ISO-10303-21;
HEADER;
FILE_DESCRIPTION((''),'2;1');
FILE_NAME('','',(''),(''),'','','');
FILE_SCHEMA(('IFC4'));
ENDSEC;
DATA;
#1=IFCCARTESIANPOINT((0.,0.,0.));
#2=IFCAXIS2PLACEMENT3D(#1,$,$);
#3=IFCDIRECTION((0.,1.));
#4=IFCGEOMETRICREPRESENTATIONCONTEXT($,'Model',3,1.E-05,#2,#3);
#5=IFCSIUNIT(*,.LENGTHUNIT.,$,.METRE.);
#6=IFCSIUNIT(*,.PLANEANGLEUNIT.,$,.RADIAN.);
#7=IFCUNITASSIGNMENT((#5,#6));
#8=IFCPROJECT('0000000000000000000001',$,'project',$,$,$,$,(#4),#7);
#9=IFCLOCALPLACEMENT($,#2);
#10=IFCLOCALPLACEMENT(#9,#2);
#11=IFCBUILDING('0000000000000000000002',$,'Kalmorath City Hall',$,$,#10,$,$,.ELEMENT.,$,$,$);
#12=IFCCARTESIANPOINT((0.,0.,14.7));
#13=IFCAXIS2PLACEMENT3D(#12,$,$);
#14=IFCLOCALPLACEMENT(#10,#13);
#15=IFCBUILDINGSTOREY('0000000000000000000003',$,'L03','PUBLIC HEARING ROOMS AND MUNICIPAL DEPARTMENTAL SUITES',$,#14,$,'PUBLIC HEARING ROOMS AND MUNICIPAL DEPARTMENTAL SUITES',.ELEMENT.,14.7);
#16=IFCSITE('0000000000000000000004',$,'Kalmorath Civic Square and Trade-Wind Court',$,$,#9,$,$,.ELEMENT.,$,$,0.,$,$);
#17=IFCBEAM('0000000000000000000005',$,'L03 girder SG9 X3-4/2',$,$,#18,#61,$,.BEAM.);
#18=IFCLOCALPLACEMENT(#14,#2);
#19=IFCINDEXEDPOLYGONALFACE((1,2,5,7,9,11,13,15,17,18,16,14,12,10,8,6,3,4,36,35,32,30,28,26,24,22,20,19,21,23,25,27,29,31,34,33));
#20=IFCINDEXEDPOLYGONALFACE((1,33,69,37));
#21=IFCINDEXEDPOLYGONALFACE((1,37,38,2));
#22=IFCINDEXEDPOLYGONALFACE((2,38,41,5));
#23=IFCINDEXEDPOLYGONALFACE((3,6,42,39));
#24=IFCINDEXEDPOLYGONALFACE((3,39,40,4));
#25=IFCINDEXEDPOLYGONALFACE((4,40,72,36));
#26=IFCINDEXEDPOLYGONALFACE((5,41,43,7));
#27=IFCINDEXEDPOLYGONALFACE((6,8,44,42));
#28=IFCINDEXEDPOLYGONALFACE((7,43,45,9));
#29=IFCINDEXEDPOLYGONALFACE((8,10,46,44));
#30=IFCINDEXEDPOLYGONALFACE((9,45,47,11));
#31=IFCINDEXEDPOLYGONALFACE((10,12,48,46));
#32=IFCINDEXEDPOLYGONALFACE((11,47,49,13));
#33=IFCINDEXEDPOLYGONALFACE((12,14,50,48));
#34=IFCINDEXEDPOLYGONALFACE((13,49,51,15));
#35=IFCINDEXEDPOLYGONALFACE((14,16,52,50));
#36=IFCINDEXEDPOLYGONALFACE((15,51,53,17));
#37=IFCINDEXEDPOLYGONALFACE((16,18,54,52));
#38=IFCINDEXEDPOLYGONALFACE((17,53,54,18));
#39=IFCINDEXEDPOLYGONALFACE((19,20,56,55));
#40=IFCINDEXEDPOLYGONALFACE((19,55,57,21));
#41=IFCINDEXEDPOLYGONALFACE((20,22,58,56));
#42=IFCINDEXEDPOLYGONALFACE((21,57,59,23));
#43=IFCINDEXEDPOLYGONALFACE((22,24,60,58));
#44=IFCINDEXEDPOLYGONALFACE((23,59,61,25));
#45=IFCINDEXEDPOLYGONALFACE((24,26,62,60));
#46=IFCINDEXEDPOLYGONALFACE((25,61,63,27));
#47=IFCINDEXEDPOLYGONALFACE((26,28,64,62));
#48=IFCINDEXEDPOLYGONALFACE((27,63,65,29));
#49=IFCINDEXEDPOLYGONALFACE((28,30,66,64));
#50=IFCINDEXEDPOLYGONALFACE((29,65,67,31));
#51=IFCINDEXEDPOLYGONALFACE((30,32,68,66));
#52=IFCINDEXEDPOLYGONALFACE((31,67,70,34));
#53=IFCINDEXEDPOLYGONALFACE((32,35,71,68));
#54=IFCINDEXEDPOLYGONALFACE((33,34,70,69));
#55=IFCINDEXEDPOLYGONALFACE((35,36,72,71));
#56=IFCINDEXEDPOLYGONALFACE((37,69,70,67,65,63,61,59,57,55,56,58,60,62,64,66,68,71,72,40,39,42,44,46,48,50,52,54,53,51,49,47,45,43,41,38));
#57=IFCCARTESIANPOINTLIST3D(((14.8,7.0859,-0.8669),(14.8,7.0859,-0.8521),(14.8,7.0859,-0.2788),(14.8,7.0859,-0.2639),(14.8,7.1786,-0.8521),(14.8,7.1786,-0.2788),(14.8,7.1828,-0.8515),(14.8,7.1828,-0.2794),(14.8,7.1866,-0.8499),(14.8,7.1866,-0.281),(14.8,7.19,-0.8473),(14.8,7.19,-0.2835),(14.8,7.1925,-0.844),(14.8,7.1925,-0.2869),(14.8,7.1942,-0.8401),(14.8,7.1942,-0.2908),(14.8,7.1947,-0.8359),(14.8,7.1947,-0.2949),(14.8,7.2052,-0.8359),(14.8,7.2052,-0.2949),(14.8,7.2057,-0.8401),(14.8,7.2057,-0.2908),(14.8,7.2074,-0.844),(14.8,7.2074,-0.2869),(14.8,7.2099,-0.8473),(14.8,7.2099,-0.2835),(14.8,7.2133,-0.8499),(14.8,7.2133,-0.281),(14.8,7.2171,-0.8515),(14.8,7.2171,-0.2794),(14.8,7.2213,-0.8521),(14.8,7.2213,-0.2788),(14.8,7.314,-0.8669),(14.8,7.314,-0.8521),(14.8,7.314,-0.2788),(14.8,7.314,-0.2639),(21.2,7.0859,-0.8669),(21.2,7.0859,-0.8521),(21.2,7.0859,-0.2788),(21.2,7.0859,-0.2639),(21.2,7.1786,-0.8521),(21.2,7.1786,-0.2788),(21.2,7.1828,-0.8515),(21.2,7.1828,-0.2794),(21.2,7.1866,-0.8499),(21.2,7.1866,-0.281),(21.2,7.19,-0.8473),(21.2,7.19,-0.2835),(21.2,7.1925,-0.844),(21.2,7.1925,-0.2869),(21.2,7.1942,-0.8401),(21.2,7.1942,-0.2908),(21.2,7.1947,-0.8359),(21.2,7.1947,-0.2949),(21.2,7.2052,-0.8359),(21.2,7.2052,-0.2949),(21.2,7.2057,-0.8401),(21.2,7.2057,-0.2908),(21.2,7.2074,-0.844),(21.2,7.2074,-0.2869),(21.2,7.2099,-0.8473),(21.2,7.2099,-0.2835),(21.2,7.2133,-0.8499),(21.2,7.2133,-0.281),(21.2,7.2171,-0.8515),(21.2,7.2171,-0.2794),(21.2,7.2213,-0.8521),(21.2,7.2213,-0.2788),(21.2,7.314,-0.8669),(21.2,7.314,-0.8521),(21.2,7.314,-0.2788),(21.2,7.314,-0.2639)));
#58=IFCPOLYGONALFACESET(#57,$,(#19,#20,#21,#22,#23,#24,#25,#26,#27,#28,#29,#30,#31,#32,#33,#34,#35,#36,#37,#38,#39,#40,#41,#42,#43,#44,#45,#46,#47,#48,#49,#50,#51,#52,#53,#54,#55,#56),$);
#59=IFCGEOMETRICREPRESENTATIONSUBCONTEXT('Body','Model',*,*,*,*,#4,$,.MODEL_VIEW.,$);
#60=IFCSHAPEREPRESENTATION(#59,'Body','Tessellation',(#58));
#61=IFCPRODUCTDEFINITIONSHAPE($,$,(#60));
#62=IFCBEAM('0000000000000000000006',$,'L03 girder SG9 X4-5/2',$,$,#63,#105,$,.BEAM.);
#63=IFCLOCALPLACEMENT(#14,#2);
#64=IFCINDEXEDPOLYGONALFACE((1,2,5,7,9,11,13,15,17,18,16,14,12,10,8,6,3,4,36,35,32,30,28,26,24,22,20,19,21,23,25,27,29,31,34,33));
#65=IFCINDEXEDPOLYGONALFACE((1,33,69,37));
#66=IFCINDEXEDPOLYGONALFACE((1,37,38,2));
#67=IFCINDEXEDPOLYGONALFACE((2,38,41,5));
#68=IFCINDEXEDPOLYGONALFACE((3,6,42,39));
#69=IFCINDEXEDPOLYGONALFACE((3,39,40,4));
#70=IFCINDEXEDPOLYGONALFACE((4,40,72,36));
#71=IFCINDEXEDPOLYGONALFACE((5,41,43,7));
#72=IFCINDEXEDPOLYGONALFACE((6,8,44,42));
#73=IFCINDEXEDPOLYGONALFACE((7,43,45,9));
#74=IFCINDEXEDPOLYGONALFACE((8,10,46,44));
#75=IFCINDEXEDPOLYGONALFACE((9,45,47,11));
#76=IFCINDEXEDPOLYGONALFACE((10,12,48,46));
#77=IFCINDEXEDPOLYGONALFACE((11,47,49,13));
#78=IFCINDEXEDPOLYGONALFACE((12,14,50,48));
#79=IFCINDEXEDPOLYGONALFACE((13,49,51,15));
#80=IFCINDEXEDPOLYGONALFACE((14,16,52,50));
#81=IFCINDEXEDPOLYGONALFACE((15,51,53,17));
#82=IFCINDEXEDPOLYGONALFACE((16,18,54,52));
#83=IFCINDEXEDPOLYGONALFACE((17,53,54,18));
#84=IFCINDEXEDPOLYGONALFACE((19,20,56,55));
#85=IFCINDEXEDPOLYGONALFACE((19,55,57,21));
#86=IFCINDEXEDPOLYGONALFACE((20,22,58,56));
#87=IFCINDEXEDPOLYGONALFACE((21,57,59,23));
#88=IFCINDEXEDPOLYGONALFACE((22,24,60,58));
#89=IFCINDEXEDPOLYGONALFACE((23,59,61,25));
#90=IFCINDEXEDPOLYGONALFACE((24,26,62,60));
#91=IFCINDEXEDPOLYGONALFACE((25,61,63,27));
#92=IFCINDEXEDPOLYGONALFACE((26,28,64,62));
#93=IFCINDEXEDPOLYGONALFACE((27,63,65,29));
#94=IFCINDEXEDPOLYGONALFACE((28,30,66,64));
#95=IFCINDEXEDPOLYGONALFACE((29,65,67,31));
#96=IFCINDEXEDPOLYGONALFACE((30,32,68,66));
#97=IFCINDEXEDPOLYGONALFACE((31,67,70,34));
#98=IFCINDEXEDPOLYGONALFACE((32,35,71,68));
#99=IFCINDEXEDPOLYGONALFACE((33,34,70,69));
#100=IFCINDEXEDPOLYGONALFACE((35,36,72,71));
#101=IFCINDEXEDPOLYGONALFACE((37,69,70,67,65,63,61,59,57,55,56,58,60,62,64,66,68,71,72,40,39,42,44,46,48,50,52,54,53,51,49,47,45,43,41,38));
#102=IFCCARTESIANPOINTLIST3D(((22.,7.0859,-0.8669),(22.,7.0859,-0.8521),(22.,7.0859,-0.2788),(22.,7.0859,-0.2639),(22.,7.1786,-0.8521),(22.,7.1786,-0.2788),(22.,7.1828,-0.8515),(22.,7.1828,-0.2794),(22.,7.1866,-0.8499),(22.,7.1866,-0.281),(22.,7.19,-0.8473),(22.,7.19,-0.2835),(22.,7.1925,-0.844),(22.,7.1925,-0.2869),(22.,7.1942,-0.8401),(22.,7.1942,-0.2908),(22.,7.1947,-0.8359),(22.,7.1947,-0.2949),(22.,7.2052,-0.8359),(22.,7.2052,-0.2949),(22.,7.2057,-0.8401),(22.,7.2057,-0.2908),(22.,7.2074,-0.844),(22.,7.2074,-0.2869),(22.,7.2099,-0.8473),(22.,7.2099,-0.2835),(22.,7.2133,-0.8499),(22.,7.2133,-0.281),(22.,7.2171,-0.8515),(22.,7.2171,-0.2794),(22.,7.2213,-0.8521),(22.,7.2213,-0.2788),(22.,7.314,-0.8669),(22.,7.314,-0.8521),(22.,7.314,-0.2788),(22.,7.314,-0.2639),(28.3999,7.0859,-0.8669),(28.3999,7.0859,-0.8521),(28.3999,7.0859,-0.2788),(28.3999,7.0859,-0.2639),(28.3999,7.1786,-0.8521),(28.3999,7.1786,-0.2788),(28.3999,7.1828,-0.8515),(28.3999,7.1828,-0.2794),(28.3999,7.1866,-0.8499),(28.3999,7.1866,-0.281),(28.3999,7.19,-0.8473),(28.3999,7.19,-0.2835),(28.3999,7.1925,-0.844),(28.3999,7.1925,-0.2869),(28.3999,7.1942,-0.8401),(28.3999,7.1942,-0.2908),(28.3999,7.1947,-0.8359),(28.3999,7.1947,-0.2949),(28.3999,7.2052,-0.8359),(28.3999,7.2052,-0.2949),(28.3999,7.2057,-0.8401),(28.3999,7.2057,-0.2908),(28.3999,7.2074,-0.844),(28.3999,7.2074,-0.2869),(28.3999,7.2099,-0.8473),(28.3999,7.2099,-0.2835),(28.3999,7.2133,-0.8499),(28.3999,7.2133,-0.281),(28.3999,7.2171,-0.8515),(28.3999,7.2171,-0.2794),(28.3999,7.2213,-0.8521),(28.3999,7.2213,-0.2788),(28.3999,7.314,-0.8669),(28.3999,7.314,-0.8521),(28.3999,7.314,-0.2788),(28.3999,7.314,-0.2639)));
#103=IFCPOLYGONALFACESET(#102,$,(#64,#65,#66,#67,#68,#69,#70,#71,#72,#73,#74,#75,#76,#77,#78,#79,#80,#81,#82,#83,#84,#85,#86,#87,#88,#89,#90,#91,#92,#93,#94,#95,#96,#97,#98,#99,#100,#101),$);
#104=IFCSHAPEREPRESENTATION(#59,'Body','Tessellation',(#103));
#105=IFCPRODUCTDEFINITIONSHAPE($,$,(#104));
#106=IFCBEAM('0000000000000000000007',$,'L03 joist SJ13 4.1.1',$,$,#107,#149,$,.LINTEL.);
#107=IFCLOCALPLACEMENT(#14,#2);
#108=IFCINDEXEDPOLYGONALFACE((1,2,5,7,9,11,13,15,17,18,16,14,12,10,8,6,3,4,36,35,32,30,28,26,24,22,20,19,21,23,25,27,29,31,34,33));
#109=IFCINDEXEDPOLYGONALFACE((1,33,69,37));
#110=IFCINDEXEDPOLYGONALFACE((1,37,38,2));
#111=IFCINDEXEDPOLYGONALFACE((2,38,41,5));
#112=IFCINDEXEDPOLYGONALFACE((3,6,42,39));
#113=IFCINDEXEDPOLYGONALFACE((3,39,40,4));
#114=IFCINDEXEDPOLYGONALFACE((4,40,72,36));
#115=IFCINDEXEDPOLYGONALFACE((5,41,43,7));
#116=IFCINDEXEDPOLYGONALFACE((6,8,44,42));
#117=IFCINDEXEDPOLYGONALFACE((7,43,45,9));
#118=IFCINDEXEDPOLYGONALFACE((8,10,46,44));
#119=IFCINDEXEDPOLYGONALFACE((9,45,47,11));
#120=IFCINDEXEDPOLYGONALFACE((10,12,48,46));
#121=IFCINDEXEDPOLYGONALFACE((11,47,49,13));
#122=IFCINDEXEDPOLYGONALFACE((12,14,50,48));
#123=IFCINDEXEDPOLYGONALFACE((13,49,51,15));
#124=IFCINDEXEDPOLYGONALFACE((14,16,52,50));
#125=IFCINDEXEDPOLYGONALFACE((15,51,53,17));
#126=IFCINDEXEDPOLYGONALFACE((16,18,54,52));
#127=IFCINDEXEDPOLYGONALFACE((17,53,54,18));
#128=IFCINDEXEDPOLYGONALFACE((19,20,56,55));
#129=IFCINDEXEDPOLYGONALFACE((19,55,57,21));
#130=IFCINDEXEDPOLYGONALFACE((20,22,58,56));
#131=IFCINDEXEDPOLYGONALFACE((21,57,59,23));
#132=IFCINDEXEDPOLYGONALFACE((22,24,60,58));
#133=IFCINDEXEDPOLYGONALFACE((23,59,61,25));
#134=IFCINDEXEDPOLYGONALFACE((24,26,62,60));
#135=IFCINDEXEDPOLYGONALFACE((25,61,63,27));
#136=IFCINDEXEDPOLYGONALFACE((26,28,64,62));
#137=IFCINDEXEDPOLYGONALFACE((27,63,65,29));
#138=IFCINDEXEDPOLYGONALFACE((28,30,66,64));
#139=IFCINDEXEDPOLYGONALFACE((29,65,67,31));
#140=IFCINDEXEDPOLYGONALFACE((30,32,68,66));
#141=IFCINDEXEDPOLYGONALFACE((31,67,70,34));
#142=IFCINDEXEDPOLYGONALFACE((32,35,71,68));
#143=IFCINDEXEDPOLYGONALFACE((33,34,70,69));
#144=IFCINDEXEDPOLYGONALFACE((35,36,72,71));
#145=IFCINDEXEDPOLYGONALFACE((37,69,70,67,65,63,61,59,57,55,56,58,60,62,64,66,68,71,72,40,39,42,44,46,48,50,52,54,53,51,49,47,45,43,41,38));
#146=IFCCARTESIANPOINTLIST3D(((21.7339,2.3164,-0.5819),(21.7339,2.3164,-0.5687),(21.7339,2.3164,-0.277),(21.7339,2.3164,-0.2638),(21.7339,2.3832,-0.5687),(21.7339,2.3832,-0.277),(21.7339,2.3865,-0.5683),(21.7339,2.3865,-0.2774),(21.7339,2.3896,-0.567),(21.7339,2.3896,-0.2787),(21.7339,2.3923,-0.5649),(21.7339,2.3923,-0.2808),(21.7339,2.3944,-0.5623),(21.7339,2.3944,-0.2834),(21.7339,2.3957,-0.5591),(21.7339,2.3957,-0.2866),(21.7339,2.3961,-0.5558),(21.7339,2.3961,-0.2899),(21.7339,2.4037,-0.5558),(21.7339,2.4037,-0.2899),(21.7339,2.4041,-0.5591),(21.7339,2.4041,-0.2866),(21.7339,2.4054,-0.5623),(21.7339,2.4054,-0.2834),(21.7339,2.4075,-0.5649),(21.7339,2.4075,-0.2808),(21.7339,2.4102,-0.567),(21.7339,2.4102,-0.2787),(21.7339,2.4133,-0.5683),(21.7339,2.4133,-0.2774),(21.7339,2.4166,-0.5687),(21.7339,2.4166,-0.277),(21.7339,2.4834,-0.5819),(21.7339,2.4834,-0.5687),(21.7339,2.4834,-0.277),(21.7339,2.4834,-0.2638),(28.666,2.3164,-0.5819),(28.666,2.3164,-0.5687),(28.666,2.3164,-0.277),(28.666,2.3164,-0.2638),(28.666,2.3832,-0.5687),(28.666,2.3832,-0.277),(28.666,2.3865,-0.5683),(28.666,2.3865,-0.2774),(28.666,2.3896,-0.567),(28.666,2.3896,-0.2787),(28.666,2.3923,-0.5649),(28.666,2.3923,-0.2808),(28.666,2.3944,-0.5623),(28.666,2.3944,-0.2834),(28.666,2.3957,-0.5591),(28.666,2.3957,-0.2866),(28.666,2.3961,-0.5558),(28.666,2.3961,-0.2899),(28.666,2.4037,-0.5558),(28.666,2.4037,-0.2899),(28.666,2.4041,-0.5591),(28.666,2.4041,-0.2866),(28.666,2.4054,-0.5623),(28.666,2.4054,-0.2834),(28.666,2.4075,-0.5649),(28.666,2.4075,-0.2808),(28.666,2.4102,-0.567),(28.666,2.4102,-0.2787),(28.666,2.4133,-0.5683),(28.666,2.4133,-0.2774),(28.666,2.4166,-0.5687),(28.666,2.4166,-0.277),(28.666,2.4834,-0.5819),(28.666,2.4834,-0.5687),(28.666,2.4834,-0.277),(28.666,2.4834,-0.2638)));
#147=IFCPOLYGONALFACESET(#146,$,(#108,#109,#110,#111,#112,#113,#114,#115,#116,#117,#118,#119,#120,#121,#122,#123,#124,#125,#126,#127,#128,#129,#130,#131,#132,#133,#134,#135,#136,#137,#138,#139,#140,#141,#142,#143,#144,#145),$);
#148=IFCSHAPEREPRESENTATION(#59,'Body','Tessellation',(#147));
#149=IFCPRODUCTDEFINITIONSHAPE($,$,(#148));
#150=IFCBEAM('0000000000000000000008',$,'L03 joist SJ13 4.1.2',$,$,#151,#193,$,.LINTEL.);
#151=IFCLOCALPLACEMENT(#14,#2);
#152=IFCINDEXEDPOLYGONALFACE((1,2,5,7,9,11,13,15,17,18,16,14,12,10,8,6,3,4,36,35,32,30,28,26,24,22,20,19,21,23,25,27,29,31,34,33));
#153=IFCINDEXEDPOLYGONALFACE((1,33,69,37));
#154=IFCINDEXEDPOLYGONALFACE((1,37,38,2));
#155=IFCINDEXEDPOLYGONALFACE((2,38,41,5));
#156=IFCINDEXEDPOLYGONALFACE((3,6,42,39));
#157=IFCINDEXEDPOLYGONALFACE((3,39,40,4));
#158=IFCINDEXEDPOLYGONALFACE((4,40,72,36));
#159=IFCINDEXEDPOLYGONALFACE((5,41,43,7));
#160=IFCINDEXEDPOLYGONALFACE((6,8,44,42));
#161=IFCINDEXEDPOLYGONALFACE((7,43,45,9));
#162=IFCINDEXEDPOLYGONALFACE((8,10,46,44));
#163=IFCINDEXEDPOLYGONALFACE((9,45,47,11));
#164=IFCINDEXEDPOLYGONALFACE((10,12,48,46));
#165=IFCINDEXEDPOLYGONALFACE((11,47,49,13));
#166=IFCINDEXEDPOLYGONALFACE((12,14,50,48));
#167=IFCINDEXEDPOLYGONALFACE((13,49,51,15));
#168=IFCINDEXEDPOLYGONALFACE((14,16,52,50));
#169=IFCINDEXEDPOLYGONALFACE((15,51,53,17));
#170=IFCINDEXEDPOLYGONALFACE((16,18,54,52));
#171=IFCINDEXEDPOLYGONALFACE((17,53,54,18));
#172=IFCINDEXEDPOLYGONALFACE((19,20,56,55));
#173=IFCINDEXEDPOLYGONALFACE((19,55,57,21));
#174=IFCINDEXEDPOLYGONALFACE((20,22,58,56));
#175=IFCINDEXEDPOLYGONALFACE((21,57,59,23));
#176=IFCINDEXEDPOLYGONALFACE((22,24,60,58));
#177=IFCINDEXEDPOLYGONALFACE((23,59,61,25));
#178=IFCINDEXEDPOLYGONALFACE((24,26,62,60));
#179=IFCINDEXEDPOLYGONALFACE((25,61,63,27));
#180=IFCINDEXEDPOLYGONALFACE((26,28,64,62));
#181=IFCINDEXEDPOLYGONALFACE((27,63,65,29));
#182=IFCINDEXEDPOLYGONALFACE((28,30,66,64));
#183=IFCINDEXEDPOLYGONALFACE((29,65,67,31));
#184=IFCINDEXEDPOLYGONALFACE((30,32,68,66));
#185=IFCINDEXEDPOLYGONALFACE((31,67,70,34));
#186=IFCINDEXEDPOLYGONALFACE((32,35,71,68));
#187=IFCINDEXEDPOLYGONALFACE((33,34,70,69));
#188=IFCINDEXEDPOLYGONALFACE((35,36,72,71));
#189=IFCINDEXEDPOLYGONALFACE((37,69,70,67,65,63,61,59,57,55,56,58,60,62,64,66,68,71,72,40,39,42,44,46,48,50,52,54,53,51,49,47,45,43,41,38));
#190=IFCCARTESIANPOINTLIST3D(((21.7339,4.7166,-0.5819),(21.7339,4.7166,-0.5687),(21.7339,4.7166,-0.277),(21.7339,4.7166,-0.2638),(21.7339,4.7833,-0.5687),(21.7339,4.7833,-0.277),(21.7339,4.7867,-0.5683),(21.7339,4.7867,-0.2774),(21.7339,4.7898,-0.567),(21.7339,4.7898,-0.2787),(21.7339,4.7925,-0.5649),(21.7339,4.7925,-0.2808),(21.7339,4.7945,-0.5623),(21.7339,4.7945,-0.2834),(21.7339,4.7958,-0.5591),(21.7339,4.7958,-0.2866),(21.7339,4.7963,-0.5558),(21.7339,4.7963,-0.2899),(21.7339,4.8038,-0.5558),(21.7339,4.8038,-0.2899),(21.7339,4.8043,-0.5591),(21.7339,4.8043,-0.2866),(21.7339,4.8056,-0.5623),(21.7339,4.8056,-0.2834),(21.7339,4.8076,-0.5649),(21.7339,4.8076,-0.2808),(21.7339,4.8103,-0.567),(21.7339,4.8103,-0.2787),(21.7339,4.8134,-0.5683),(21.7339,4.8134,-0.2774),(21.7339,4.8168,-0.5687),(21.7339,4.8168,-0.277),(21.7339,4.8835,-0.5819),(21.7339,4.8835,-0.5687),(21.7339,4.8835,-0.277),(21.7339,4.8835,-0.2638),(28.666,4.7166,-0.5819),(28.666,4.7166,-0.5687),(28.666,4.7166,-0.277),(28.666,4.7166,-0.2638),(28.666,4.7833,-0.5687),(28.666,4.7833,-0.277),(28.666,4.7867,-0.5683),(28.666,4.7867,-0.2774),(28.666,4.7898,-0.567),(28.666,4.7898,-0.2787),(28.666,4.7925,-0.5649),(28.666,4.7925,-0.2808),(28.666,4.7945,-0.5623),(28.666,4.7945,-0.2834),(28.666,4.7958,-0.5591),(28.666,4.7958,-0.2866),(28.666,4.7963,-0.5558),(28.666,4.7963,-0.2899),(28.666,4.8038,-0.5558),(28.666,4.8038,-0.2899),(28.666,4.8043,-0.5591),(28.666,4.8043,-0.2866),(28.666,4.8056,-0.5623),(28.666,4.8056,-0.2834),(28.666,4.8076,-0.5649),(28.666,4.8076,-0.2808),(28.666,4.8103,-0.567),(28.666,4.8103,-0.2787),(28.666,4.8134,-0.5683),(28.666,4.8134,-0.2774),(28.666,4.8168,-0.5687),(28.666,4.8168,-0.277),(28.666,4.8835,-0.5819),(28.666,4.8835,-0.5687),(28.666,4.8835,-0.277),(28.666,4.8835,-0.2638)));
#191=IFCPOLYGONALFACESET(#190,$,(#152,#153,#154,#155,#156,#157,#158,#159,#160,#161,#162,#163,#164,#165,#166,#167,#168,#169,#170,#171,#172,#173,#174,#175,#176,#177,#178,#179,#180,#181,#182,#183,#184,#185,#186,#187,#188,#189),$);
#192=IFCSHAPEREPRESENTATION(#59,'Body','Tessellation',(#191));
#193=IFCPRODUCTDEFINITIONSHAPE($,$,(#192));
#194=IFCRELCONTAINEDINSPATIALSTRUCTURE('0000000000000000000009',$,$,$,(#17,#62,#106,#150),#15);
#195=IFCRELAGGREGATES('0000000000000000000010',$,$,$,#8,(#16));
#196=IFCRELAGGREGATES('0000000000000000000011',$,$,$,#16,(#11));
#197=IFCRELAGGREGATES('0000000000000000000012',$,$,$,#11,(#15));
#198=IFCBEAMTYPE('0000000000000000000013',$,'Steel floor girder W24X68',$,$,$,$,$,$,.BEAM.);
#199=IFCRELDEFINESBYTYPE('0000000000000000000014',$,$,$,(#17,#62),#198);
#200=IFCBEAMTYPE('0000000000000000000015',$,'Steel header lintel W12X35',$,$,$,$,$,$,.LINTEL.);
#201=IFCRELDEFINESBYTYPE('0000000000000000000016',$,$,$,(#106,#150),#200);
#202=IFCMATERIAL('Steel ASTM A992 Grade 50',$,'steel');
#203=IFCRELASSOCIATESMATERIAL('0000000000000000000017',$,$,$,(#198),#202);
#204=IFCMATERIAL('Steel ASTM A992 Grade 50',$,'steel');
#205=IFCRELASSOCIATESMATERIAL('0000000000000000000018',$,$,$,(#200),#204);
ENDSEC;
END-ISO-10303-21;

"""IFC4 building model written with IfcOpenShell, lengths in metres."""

from ifc_helpers import new_model, si_unit, direction, frame, origin, origin_2d, place, context, subcontext, project, spatial, i_section, extrude, material, material_profile, profile_set, type_object, element, save


model = new_model("IFC4")

# Units and contexts
model_context = context("Model", 3, precision=1e-05, world=origin(), true_north=direction((0.0, 1.0)))
body_context = subcontext(model_context, "Body", "Model", "MODEL_VIEW")
ifc_project = project(units=[si_unit("LENGTHUNIT", "METRE"), si_unit("PLANEANGLEUNIT", "RADIAN")], contexts=[model_context])

# Site, building, storey
site_placement = place(None, origin())
site = spatial("IfcSite", under=ifc_project, at=site_placement, Name="Kalmorath Civic Square and Trade-Wind Court", CompositionType="ELEMENT", RefElevation=0.0)
building_placement = place(site_placement, origin())
building = spatial("IfcBuilding", under=site, at=building_placement, Name="Kalmorath City Hall", CompositionType="ELEMENT")
storey_placement = place(building_placement, frame((0.0, 0.0, 14.7)))
storey = spatial("IfcBuildingStorey", under=building, at=storey_placement, Name="L03", Description="PUBLIC HEARING ROOMS AND MUNICIPAL DEPARTMENTAL SUITES", LongName="PUBLIC HEARING ROOMS AND MUNICIPAL DEPARTMENTAL SUITES", CompositionType="ELEMENT", Elevation=14.7)

# Beams
ifc_material_1 = material(Name="Steel ASTM A992 Grade 50", Category="steel")
ifc_material_profile_1 = material_profile(ifc_material_1, i_section(OverallWidth=0.228, OverallDepth=0.603, WebThickness=0.0105, FlangeThickness=0.0149, FilletRadius=0.0161, at=origin_2d()), Name="W24X68")
ifc_profile_set_1 = profile_set([ifc_material_profile_1], Name="Steel ASTM A992 Grade 50")
beam_type_1 = type_object("IfcBeamType", Name="Steel floor girder W24X68", PredefinedType="BEAM", material=ifc_profile_set_1)
for number, where, z_axis, x_axis, name in (
    (1, (14.8, 7.2, -0.5654), (1.0, 0.0, 0.0), (0.0, 1.0, 0.0), "L03 girder SG9 X3-4/2"),
    (2, (22.0, 7.2, -0.5654), (1.0, 0.0, 0.0), (0.0, 1.0, 0.0), "L03 girder SG9 X4-5/2"),
):
    element("IfcBeam", number, at=place(storey_placement, frame(where, z_axis=z_axis, x_axis=x_axis)), inside=storey, type_object=beam_type_1, Name=name, PredefinedType="BEAM", context=body_context, shape_type="SweptSolid", body=[
        extrude(i_section(OverallWidth=0.228, OverallDepth=0.603, WebThickness=0.0105, FlangeThickness=0.0149, FilletRadius=0.0161, at=origin_2d()), origin(), (0.0, 0.0, 1.0), 6.3999),
    ])
ifc_material_2 = material(Name="Steel ASTM A992 Grade 50", Category="steel")
ifc_material_profile_2 = material_profile(ifc_material_2, i_section(OverallWidth=0.167, OverallDepth=0.3181, WebThickness=0.0076, FlangeThickness=0.0132, FilletRadius=0.0129, at=origin_2d()), Name="W12X35")
ifc_profile_set_2 = profile_set([ifc_material_profile_2], Name="Steel ASTM A992 Grade 50")
beam_type_2 = type_object("IfcBeamType", Name="Steel header lintel W12X35", PredefinedType="LINTEL", material=ifc_profile_set_2)
for number, where, z_axis, x_axis, name in (
    (3, (21.7339, 2.3999, -0.4229), (1.0, 0.0, 0.0), (0.0, 1.0, 0.0), "L03 joist SJ13 4.1.1"),
    (4, (21.7339, 4.8, -0.4229), (1.0, 0.0, 0.0), (0.0, 1.0, 0.0), "L03 joist SJ13 4.1.2"),
):
    element("IfcBeam", number, at=place(storey_placement, frame(where, z_axis=z_axis, x_axis=x_axis)), inside=storey, type_object=beam_type_2, Name=name, PredefinedType="LINTEL", context=body_context, shape_type="SweptSolid", body=[
        extrude(i_section(OverallWidth=0.167, OverallDepth=0.3181, WebThickness=0.0076, FlangeThickness=0.0132, FilletRadius=0.0129, at=origin_2d()), origin(), (0.0, 0.0, 1.0), 6.9321),
    ])

save(model, "model.ifc")
